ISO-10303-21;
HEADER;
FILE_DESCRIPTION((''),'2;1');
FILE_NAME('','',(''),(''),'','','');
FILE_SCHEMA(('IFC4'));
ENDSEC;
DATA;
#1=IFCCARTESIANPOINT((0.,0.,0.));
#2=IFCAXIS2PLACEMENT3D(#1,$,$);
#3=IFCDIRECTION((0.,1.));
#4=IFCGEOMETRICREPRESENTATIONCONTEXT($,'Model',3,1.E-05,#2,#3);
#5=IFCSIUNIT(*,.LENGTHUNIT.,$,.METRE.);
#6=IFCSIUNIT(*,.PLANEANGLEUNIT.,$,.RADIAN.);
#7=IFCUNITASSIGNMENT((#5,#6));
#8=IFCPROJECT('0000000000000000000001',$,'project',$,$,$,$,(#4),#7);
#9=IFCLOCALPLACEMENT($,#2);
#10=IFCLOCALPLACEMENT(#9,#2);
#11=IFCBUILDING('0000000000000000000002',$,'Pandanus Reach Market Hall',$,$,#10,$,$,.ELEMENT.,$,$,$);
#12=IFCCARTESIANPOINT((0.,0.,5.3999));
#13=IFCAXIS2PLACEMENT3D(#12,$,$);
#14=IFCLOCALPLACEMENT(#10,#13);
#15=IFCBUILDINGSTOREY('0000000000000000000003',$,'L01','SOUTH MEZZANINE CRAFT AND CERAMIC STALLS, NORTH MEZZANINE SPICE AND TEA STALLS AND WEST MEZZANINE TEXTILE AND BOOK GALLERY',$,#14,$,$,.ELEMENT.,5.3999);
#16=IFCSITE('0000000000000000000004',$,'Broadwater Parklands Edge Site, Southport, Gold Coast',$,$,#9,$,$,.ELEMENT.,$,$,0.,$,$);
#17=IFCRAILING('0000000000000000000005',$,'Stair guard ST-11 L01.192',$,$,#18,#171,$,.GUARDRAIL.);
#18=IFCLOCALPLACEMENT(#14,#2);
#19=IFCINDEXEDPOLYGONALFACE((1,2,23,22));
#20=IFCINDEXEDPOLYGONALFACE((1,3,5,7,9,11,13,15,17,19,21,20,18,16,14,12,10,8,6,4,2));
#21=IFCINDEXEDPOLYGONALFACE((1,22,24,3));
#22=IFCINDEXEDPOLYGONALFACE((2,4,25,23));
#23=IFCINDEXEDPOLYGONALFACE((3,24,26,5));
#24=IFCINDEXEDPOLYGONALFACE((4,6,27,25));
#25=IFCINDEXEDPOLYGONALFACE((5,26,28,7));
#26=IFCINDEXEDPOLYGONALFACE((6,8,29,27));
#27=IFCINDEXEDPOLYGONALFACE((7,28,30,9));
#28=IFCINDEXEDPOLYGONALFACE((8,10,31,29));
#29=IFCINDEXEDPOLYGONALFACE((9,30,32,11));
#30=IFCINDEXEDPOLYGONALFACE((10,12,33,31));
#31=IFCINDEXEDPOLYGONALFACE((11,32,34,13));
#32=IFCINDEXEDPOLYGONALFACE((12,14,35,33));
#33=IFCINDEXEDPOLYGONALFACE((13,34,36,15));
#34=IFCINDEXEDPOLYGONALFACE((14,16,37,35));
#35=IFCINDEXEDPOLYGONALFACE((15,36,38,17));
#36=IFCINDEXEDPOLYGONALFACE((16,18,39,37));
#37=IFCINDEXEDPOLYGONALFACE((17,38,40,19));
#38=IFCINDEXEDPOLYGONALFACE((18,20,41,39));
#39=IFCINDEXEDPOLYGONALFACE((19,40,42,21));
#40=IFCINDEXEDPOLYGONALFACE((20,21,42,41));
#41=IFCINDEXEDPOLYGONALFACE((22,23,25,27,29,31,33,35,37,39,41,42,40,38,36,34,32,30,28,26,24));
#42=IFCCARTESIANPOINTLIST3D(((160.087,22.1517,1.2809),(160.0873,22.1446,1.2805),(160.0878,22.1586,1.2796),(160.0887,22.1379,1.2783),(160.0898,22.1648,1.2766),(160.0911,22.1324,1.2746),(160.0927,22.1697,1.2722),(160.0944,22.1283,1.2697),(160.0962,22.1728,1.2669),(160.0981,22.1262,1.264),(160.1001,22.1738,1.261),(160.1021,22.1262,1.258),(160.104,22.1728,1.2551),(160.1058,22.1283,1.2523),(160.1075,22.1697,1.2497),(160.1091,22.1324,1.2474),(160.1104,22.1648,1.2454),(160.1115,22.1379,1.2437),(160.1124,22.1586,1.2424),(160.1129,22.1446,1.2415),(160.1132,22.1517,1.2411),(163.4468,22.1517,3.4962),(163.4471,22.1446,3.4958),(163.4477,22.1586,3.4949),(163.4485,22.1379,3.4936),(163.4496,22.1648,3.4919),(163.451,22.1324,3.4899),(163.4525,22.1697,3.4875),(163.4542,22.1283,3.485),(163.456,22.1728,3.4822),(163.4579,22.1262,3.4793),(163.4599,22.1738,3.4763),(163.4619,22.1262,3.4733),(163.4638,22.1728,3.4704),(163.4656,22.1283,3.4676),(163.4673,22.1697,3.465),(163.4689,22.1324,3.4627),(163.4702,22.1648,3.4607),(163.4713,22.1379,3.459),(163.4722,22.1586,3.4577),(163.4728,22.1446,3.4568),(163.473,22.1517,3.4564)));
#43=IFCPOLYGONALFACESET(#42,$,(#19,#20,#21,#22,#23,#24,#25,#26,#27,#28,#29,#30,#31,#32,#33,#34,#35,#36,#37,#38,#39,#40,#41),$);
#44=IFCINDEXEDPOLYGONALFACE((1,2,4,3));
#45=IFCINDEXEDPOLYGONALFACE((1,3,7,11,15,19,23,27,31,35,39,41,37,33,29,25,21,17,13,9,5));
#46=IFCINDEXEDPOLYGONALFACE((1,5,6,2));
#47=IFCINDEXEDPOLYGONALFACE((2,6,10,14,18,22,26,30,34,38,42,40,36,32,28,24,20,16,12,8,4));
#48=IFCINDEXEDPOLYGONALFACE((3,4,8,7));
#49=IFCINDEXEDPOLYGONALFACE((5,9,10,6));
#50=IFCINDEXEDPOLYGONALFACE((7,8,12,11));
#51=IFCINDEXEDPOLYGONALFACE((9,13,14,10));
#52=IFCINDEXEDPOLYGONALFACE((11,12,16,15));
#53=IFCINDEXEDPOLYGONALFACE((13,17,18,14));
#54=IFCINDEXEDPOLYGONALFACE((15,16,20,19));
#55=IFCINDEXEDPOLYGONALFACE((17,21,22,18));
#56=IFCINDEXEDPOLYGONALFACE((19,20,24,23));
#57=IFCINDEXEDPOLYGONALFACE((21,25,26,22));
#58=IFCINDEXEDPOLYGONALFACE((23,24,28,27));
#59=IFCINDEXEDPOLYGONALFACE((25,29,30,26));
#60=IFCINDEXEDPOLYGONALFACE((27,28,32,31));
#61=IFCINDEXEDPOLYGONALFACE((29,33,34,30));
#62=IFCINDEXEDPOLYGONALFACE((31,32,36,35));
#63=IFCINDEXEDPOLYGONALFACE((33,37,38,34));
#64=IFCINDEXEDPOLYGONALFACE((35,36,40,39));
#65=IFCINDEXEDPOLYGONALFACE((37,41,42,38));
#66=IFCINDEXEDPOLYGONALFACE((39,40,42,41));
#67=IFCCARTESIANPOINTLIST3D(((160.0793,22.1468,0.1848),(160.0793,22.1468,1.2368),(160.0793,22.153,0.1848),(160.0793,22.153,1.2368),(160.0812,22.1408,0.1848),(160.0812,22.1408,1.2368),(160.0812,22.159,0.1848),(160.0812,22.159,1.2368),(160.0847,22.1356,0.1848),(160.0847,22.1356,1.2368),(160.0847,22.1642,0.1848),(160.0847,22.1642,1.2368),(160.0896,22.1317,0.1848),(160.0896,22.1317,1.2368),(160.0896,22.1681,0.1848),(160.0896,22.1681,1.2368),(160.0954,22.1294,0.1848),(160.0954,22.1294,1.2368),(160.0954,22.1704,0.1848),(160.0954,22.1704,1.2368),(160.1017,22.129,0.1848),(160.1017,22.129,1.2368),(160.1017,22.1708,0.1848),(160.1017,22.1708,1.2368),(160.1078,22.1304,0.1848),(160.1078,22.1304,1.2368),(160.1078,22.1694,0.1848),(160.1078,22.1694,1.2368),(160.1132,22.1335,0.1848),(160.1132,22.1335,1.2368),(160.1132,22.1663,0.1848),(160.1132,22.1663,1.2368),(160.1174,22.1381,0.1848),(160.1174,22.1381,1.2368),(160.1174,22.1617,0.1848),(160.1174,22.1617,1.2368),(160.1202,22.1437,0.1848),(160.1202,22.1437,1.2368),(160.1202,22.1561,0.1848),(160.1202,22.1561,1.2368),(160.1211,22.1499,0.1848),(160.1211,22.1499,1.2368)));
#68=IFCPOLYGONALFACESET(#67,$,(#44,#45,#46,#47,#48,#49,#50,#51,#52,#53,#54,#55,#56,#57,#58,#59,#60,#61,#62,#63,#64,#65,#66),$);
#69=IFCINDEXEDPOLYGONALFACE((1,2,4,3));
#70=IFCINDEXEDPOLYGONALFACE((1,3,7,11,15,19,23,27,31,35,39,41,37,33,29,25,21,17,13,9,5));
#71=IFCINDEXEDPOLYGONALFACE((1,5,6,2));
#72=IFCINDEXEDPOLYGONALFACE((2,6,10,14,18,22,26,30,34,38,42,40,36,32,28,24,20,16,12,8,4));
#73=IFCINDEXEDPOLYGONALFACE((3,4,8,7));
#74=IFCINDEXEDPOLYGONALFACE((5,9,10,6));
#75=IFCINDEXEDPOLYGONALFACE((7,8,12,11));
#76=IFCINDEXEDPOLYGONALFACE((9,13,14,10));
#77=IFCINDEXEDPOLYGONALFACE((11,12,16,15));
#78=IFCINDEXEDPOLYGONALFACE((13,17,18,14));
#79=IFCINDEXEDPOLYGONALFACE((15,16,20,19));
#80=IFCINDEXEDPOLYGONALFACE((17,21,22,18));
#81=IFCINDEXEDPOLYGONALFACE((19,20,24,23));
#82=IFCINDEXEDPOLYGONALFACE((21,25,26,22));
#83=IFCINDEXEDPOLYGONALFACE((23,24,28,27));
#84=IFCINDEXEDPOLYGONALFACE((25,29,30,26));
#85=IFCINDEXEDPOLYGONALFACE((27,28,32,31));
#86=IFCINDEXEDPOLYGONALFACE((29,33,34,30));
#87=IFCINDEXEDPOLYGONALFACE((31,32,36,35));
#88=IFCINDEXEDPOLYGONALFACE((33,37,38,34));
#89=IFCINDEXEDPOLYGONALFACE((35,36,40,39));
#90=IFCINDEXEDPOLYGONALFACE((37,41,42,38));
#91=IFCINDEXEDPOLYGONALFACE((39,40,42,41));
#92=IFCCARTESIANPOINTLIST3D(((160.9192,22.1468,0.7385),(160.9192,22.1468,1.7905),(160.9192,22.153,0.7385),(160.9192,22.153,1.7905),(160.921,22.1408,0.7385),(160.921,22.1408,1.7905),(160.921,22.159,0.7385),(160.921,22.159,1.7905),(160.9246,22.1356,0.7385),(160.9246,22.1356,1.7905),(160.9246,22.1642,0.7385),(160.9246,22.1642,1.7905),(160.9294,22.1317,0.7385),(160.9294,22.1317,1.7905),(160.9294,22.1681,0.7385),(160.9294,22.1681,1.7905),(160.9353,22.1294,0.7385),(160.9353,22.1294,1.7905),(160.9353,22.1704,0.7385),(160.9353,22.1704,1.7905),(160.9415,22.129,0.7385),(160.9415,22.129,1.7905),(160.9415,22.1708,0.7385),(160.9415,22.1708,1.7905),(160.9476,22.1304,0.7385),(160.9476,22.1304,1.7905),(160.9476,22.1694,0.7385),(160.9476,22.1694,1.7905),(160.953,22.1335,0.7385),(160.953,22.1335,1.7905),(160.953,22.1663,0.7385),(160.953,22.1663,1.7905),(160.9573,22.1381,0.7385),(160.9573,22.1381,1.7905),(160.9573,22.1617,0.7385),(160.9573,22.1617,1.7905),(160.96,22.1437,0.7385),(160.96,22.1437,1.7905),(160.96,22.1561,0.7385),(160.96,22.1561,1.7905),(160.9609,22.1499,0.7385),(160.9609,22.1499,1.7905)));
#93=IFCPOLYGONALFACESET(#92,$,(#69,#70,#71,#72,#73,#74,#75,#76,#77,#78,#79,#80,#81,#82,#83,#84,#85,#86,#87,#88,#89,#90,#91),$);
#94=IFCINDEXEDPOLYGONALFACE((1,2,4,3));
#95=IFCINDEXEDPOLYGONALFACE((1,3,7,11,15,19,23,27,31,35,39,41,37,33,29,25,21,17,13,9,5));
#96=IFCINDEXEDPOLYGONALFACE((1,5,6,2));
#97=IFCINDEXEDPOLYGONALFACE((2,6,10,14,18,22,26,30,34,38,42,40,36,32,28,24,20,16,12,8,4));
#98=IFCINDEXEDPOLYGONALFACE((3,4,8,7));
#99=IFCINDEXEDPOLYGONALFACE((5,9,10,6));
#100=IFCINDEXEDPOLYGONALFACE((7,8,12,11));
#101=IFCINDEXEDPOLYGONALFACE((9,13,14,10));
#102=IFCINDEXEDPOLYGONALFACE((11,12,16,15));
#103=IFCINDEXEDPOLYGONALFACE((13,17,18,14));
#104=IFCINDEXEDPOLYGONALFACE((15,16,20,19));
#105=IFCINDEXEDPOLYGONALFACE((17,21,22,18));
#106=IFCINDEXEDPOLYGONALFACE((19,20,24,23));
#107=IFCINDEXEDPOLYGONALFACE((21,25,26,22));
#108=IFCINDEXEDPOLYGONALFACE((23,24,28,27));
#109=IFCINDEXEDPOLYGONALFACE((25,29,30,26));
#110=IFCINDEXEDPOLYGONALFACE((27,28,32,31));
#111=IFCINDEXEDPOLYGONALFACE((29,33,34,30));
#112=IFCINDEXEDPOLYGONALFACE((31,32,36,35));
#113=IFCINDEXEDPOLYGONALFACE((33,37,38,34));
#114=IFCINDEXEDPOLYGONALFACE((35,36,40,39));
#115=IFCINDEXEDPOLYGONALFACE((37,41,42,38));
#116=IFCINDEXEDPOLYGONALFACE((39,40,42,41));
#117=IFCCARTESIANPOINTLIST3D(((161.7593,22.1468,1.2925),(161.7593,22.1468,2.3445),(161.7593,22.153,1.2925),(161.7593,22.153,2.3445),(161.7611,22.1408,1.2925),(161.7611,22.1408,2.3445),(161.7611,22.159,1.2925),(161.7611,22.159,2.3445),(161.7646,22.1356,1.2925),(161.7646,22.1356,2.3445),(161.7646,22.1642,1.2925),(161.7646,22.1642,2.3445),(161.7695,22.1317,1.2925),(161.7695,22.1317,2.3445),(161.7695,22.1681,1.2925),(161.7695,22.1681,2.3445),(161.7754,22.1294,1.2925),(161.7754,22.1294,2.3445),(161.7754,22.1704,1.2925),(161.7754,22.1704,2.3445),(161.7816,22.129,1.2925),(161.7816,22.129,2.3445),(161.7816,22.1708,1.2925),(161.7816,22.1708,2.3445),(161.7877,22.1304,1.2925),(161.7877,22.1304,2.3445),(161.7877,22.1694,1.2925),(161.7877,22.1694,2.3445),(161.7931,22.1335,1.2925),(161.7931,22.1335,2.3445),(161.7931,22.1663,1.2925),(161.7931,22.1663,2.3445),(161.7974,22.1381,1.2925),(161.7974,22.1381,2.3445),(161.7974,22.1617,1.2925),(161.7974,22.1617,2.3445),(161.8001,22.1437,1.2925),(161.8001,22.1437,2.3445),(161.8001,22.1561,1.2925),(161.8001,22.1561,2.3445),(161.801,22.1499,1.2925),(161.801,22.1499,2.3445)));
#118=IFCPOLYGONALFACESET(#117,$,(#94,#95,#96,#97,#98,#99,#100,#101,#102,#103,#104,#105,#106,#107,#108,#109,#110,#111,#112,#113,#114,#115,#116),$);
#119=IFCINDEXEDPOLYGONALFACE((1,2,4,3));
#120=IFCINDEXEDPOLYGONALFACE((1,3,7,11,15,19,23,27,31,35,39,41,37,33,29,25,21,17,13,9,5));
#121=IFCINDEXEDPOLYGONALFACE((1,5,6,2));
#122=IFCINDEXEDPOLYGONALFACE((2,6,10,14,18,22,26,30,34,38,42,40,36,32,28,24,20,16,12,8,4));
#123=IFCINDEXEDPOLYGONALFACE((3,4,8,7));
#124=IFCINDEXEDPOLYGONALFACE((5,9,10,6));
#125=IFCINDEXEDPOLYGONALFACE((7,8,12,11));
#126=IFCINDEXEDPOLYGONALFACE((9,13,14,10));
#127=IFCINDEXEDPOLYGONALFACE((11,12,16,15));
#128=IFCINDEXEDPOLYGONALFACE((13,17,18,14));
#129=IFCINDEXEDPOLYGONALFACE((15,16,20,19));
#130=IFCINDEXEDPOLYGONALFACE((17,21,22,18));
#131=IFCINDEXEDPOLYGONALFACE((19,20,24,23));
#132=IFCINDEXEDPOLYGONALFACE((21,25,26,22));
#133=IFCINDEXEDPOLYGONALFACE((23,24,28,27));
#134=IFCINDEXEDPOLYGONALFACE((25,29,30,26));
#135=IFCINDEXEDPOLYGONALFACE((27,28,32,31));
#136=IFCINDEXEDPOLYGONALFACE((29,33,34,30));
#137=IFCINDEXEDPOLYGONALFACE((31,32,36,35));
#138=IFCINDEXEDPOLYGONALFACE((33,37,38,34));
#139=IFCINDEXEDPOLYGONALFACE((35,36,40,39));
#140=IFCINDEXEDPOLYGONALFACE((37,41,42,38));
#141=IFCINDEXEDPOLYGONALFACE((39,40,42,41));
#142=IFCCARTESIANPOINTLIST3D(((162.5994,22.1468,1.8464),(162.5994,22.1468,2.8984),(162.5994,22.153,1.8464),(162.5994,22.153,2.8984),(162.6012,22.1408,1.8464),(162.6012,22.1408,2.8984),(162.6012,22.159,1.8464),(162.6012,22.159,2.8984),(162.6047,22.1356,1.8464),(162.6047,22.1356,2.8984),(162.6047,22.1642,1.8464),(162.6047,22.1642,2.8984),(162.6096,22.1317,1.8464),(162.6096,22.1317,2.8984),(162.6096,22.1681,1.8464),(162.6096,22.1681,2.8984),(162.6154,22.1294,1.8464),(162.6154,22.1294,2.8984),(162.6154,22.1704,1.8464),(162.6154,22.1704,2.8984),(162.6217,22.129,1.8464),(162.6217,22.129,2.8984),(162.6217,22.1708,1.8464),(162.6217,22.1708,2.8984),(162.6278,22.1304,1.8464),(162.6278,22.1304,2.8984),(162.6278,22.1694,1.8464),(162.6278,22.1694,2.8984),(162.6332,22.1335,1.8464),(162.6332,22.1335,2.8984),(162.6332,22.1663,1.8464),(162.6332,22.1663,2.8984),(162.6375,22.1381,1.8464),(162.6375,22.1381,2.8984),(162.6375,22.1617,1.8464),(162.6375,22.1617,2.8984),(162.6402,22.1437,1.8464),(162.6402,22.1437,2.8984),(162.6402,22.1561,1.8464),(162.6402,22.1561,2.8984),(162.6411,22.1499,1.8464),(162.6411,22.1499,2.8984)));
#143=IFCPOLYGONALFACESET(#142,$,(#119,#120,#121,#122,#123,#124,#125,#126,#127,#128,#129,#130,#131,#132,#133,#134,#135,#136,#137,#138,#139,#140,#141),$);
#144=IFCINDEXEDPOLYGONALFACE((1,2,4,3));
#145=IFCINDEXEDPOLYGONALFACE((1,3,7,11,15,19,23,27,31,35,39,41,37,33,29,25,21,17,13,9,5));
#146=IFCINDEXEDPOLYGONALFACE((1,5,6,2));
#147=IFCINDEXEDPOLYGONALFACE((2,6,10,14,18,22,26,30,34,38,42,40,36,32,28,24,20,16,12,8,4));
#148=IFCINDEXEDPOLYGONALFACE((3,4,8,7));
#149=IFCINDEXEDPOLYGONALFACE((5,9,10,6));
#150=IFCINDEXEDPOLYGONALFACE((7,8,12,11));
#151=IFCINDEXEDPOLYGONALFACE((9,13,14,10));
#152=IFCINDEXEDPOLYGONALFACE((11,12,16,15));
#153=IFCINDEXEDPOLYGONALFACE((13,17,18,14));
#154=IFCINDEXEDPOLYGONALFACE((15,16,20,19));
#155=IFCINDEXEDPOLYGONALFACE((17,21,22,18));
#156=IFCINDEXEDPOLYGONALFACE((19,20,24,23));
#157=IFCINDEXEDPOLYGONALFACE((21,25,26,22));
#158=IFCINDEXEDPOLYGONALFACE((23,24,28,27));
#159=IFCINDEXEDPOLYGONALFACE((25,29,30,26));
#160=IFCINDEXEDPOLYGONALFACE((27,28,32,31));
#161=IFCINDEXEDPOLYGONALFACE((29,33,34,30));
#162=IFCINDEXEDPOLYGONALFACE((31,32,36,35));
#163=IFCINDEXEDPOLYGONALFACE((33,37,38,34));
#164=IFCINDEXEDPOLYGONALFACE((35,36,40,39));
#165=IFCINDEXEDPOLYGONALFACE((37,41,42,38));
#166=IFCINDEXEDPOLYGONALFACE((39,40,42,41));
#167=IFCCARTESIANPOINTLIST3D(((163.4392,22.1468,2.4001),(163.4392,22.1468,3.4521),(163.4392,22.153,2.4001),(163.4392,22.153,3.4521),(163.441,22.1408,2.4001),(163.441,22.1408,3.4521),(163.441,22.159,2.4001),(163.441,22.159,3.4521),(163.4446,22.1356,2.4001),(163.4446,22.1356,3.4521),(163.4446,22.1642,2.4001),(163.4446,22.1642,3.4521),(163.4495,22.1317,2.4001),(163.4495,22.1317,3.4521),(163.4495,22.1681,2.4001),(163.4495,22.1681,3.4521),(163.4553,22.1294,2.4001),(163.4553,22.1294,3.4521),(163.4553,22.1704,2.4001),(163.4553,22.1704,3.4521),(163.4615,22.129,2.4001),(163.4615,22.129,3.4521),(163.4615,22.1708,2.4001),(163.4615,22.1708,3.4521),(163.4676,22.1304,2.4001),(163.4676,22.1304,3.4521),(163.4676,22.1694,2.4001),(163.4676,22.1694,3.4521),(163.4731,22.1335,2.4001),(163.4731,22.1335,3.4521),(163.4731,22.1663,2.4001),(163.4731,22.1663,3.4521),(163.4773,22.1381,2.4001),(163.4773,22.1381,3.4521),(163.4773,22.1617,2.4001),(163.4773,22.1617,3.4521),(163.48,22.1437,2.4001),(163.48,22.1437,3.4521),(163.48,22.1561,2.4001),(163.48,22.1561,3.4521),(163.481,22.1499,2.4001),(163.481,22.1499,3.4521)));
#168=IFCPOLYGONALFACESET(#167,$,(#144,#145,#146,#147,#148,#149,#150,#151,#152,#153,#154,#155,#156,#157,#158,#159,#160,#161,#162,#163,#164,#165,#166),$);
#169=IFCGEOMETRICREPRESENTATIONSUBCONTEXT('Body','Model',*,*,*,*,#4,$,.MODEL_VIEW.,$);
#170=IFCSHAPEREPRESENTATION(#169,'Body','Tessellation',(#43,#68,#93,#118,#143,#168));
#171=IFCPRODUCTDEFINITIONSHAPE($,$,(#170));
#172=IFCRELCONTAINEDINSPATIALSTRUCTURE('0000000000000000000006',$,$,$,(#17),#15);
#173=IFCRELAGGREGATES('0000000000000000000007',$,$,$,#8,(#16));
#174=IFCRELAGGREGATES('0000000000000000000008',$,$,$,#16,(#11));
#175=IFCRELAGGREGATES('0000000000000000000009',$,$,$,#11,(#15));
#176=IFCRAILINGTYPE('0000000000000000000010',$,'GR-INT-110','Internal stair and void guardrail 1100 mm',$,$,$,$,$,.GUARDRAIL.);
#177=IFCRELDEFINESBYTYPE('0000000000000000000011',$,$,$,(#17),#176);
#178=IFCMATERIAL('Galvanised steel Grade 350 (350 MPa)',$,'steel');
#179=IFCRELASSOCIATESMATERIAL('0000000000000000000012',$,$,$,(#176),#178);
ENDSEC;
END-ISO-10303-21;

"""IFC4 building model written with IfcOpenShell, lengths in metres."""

from ifc_helpers import new_model, si_unit, direction, frame, origin, origin_2d, place, context, subcontext, project, spatial, circle, extrude, material, type_object, element, save


model = new_model("IFC4")

# Units and contexts
model_context = context("Model", 3, precision=1e-05, world=origin(), true_north=direction((0.0, 1.0)))
body_context = subcontext(model_context, "Body", "Model", "MODEL_VIEW")
ifc_project = project(units=[si_unit("LENGTHUNIT", "METRE"), si_unit("PLANEANGLEUNIT", "RADIAN")], contexts=[model_context])

# Site, building, storey
site_placement = place(None, origin())
site = spatial("IfcSite", under=ifc_project, at=site_placement, Name="Broadwater Parklands Edge Site, Southport, Gold Coast", CompositionType="ELEMENT", RefElevation=0.0)
building_placement = place(site_placement, origin())
building = spatial("IfcBuilding", under=site, at=building_placement, Name="Pandanus Reach Market Hall", CompositionType="ELEMENT")
storey_placement = place(building_placement, frame((0.0, 0.0, 5.3999)))
storey = spatial("IfcBuildingStorey", under=building, at=storey_placement, Name="L01", Description="SOUTH MEZZANINE CRAFT AND CERAMIC STALLS, NORTH MEZZANINE SPICE AND TEA STALLS AND WEST MEZZANINE TEXTILE AND BOOK GALLERY", CompositionType="ELEMENT", Elevation=5.3999)

# Railing
ifc_material_1 = material(Name="Galvanised steel Grade 350 (350 MPa)", Category="steel")
railing_type_1 = type_object("IfcRailingType", Name="GR-INT-110", Description="Internal stair and void guardrail 1100 mm", PredefinedType="GUARDRAIL", material=ifc_material_1)
railing_1_placement = place(storey_placement, frame((160.1001, 22.1499, 0.1848)))
element("IfcRailing", 1, at=railing_1_placement, inside=storey, type_object=railing_type_1, Name="Stair guard ST-11 L01.192", PredefinedType="GUARDRAIL", context=body_context, shape_type="SweptSolid", body=[
    extrude(circle(Radius=0.0239, at=origin_2d()), frame((0.0, 0.0, 1.0762), z_axis=(0.834858, 0.0, 0.550465), x_axis=(0.0, 1.0, 0.0)), (0.0, 0.0, 1.0), 4.0244),
    extrude(circle(Radius=0.021, at=origin_2d()), origin(), (0.0, 0.0, 1.0), 1.052),
    extrude(circle(Radius=0.021, at=origin_2d()), frame((0.8398, 0.0, 0.5537)), (0.0, 0.0, 1.0), 1.052),
    extrude(circle(Radius=0.021, at=origin_2d()), frame((1.6799, 0.0, 1.1077)), (0.0, 0.0, 1.0), 1.052),
    extrude(circle(Radius=0.021, at=origin_2d()), frame((2.52, 0.0, 1.6616)), (0.0, 0.0, 1.0), 1.052),
    extrude(circle(Radius=0.021, at=origin_2d()), frame((3.3599, 0.0, 2.2153)), (0.0, 0.0, 1.0), 1.052),
])

save(model, "model.ifc")
